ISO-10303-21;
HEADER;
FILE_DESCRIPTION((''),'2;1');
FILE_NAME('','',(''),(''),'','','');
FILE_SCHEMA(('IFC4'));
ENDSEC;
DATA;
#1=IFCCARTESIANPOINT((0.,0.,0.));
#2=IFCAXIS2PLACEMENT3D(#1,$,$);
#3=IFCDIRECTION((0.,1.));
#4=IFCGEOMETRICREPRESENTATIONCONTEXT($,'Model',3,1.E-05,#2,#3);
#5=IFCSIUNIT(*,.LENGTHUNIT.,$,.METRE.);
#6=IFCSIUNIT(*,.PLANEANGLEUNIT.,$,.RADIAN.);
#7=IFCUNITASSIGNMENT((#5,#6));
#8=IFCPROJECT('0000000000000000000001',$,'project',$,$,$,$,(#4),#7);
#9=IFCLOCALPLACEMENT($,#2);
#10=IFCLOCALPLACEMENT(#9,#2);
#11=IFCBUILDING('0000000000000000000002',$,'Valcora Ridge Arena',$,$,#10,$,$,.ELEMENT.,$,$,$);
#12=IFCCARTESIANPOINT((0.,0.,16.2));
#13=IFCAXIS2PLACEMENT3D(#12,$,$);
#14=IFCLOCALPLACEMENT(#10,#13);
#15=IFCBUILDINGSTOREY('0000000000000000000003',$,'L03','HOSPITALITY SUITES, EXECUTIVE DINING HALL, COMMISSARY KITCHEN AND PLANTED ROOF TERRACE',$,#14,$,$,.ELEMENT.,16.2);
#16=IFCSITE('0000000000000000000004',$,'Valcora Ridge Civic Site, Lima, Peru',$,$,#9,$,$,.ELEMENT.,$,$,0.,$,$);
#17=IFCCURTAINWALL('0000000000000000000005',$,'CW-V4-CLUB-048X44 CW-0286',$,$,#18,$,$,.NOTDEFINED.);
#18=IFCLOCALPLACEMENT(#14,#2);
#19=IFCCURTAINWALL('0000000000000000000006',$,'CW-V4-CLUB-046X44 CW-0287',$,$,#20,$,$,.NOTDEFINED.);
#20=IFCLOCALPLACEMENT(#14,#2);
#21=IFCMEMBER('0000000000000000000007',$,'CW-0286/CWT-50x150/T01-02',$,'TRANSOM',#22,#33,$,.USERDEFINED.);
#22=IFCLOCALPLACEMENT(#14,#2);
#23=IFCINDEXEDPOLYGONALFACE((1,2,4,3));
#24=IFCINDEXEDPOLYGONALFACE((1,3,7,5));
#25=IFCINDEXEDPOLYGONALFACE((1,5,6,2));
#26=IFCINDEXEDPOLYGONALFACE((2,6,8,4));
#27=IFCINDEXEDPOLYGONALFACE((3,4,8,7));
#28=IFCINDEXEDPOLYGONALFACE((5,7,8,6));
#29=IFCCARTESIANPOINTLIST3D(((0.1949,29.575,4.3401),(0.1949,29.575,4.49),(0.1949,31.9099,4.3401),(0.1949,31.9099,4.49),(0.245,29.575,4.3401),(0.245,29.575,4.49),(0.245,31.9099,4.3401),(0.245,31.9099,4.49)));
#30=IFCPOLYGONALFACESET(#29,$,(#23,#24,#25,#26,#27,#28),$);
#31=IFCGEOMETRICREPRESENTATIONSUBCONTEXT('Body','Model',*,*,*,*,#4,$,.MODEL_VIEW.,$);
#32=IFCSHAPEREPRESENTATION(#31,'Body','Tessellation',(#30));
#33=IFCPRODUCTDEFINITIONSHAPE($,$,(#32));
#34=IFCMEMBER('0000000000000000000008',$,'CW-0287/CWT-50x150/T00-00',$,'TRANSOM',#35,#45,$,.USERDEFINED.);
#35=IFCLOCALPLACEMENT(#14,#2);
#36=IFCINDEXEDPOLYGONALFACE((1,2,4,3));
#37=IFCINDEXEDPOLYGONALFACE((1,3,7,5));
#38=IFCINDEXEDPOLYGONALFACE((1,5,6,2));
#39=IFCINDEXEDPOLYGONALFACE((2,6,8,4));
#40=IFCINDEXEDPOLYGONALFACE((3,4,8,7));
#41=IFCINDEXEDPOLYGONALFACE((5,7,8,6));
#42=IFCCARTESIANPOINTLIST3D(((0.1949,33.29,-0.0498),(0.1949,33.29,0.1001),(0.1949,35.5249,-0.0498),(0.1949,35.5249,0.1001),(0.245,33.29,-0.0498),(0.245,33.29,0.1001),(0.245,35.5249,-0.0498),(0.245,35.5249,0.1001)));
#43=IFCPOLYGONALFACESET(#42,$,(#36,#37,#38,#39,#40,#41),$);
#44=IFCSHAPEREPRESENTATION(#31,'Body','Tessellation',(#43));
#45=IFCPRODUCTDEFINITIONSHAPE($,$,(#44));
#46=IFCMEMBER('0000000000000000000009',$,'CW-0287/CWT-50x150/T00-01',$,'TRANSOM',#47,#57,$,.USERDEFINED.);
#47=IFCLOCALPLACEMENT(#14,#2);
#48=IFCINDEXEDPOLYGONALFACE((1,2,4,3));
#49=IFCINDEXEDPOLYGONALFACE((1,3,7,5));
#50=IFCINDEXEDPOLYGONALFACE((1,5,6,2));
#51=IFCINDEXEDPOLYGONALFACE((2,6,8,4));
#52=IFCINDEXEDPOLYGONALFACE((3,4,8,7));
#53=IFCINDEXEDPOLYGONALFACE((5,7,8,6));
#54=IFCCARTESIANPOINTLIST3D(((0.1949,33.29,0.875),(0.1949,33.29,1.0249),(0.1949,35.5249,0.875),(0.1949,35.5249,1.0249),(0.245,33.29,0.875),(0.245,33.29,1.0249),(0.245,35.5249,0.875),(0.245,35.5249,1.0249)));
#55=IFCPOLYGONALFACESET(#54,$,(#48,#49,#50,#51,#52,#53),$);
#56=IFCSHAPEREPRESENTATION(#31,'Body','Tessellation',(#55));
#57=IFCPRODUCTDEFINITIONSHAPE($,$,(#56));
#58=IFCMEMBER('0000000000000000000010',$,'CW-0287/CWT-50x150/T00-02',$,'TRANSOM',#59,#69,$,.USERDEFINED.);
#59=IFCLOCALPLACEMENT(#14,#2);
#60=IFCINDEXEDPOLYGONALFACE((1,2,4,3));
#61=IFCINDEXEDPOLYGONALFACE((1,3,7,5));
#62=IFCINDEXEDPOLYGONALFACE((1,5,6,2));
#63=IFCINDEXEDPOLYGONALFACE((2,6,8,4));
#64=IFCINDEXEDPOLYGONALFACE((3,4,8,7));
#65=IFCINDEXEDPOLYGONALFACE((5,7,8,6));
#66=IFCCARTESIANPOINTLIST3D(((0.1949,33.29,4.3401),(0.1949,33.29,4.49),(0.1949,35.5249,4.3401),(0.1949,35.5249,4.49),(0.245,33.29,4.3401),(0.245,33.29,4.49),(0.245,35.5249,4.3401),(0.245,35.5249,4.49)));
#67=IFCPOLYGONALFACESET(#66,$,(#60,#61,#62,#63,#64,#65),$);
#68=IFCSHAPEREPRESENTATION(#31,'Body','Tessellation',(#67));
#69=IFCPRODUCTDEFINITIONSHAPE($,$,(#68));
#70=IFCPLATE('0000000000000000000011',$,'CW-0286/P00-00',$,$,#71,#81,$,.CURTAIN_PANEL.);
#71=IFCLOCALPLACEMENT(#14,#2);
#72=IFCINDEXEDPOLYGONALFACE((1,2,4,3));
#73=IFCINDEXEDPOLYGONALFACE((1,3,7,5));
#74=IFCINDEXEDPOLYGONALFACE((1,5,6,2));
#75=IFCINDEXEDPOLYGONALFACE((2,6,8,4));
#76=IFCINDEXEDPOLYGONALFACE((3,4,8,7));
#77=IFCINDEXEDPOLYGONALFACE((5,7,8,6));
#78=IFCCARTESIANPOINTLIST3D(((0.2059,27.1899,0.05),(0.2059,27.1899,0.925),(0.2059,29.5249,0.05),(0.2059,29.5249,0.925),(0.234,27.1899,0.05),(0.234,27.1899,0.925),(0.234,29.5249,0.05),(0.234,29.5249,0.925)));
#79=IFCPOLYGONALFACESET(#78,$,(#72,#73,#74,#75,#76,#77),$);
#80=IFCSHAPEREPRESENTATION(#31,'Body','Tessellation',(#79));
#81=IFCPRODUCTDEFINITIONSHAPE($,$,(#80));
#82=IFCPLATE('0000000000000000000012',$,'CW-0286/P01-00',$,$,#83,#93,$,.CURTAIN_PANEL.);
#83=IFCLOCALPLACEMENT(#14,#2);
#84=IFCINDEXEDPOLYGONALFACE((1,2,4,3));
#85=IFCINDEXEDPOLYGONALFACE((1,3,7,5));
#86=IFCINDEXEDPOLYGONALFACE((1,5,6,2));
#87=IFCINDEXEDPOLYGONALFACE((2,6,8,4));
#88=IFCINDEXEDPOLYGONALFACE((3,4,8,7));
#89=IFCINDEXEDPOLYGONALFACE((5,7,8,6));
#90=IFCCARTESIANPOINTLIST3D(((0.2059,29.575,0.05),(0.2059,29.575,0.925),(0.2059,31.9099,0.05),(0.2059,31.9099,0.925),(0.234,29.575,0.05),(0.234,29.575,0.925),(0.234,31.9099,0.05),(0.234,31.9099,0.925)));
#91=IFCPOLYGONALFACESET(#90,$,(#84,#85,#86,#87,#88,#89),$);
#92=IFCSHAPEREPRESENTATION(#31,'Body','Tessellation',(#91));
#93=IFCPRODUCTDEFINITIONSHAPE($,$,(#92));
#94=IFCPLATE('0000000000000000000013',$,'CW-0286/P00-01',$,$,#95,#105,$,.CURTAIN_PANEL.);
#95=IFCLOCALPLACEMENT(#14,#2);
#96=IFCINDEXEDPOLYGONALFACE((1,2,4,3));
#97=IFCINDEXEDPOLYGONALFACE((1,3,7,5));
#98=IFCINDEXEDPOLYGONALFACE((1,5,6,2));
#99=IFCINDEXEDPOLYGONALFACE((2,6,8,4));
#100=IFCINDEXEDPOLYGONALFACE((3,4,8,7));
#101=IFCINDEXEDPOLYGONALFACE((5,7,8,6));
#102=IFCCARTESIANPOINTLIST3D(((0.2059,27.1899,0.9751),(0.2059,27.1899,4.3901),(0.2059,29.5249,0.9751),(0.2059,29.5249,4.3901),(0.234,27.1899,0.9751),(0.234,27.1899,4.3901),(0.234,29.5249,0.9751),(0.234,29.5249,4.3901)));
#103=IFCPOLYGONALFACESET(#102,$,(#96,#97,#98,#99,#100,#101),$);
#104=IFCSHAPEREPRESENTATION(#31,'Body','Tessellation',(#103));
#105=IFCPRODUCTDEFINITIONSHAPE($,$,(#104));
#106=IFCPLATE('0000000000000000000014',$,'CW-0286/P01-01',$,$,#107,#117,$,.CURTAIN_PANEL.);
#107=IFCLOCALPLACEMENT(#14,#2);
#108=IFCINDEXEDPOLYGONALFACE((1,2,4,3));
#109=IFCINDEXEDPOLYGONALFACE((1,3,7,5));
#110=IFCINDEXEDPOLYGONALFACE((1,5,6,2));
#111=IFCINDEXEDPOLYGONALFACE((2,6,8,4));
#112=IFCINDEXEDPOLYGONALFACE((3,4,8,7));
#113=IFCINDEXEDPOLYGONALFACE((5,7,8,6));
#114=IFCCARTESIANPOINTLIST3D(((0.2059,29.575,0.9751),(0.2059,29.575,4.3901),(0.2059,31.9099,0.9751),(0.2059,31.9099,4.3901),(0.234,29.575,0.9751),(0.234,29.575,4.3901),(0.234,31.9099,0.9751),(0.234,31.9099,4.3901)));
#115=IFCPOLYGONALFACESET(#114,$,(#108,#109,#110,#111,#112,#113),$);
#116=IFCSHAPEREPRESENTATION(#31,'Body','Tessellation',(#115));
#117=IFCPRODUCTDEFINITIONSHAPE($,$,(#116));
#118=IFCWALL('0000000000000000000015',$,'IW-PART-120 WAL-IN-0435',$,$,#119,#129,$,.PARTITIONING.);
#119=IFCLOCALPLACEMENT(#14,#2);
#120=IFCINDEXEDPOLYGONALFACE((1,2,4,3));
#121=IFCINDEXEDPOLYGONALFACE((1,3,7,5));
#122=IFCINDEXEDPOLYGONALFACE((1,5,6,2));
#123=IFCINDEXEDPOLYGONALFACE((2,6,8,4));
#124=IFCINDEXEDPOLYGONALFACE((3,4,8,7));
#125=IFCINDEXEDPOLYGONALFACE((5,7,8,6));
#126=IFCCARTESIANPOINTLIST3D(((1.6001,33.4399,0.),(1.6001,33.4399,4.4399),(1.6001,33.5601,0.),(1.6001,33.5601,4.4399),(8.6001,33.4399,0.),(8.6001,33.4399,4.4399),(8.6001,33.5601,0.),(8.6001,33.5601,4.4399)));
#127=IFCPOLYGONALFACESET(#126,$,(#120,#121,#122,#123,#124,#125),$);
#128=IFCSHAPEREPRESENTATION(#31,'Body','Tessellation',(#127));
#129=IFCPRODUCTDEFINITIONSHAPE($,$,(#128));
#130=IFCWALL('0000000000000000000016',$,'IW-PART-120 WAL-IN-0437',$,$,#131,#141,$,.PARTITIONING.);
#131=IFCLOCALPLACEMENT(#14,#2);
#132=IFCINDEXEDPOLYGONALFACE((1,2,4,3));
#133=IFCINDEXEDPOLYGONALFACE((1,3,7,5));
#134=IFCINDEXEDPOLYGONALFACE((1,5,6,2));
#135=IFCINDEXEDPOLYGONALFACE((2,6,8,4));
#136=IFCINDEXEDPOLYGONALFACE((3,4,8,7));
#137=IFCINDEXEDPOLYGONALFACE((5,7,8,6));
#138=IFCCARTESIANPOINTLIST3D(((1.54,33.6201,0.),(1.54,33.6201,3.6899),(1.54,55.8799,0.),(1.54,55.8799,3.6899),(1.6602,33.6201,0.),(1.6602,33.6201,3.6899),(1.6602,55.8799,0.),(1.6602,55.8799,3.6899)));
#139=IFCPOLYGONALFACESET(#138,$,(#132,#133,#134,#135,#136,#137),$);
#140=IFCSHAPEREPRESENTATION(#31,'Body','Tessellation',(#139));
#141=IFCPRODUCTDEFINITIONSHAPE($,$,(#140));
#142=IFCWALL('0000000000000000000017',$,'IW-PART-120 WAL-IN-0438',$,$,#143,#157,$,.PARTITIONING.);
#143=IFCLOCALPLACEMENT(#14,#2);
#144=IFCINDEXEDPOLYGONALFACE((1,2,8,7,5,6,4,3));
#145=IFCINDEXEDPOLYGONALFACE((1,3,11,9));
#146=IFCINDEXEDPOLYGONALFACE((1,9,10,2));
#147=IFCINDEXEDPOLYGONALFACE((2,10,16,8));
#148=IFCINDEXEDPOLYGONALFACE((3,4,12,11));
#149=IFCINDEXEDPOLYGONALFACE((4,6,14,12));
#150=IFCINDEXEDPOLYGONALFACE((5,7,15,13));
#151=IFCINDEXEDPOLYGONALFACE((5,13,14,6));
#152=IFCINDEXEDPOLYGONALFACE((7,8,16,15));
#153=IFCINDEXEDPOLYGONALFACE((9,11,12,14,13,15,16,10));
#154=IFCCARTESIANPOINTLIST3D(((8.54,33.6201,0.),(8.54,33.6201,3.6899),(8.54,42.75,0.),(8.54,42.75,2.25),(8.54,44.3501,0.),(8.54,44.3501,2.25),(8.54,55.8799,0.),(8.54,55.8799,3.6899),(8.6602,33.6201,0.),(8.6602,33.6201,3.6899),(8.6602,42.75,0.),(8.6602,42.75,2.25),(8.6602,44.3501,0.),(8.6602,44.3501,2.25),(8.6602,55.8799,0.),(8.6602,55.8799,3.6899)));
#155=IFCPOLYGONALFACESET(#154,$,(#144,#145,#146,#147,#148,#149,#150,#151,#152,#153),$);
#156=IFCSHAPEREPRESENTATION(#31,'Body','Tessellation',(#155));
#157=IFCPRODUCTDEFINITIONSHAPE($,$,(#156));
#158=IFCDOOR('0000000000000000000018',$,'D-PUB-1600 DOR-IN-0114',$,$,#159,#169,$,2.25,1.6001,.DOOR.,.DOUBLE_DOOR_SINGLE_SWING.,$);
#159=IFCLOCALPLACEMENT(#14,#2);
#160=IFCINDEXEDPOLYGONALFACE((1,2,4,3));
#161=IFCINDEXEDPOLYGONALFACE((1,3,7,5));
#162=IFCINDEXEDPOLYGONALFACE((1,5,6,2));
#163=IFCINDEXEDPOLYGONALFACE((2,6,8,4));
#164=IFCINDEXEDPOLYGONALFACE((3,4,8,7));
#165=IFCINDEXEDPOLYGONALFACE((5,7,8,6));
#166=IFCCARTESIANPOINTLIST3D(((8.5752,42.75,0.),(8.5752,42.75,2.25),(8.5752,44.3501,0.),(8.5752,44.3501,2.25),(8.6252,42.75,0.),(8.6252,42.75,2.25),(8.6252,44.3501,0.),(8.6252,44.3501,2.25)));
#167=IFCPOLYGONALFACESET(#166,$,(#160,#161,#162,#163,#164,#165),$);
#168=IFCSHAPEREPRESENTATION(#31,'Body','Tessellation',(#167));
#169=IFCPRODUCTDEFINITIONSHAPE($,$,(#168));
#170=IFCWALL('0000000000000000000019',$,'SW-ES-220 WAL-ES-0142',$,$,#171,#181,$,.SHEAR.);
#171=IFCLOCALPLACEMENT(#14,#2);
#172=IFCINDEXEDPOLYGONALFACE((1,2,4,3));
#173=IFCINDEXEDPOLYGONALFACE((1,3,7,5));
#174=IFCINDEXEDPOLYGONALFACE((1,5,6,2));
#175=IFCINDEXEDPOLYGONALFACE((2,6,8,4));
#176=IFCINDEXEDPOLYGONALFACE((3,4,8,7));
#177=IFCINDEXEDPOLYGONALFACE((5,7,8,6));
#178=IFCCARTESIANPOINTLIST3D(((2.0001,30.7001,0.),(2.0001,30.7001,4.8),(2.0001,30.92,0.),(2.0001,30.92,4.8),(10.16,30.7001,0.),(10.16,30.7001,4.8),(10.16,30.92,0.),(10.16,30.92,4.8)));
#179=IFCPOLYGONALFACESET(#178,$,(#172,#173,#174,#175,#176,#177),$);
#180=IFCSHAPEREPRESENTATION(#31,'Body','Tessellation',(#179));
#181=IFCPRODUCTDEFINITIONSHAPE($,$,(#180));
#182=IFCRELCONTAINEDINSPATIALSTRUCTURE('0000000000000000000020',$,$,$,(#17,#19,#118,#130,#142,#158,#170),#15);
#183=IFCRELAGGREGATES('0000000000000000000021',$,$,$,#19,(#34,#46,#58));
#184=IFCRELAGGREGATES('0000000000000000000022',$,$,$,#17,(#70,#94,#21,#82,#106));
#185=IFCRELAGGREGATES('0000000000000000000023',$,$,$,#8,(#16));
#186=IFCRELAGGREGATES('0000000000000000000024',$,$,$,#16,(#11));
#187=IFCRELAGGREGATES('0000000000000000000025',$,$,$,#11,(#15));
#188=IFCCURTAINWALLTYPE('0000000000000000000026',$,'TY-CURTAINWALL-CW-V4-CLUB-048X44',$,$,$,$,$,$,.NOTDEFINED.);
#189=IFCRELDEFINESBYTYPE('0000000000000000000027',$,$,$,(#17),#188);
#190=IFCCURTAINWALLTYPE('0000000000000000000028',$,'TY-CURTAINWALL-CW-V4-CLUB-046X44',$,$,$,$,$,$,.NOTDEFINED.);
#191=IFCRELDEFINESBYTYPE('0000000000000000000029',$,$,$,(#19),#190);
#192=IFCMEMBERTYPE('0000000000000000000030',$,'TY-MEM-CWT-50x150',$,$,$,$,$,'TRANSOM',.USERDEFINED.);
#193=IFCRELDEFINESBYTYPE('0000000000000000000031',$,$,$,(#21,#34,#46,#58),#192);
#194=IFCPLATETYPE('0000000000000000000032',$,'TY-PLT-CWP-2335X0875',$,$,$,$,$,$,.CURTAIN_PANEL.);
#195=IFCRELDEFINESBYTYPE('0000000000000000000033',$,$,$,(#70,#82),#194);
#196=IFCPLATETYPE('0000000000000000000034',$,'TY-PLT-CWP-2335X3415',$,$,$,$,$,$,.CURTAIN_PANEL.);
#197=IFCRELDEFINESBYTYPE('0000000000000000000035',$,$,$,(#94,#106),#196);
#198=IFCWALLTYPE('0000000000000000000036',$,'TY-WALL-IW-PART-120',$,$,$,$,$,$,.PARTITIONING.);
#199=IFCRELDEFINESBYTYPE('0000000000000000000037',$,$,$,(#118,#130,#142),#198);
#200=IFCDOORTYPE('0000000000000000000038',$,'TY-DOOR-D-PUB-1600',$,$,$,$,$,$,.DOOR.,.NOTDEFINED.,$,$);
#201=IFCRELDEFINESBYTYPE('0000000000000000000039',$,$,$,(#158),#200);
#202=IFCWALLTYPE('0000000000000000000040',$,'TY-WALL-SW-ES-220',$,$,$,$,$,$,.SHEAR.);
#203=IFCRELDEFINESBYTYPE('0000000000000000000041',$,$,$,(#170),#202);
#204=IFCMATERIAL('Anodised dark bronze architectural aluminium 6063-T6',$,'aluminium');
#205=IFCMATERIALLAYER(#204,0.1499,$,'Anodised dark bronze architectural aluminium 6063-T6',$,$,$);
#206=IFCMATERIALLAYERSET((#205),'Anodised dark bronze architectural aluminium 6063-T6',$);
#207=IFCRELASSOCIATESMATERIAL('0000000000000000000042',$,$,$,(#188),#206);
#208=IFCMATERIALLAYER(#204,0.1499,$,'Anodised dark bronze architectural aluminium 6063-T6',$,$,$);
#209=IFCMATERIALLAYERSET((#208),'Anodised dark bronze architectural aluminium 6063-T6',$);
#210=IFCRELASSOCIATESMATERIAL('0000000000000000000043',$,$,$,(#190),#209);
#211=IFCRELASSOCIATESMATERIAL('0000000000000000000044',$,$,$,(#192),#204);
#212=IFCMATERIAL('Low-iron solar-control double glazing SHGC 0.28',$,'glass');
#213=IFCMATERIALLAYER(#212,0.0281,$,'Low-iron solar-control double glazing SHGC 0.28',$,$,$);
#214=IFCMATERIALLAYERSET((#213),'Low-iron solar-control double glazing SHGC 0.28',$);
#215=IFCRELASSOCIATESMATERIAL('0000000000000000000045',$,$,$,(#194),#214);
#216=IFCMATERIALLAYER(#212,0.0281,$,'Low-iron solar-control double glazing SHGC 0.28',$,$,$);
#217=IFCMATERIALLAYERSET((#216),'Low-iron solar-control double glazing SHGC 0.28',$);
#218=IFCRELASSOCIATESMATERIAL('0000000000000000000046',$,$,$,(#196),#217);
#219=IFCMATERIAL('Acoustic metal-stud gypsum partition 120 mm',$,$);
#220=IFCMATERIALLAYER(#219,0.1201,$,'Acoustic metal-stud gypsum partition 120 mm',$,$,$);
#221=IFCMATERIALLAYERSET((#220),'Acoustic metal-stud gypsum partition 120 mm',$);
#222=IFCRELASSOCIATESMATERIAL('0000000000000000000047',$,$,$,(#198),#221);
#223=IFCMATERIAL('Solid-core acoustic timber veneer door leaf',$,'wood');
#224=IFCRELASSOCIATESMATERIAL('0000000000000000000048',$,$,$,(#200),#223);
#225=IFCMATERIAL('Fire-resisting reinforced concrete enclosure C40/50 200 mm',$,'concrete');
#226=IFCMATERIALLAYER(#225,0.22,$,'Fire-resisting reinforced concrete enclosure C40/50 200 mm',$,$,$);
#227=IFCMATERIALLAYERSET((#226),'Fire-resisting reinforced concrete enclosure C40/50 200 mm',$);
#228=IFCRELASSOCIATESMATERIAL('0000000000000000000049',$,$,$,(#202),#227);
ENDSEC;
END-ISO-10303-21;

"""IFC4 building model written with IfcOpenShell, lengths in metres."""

from ifc_helpers import new_model, si_unit, direction, frame, frame_2d, origin, origin_2d, place, context, subcontext, project, spatial, rectangle, extrude, material, layer, layer_set, material_profile, profile_set, type_object, element, fill, aggregate, save


model = new_model("IFC4")

# Units and contexts
model_context = context("Model", 3, precision=1e-05, world=origin(), true_north=direction((0.0, 1.0)))
body_context = subcontext(model_context, "Body", "Model", "MODEL_VIEW")
ifc_project = project(units=[si_unit("LENGTHUNIT", "METRE"), si_unit("PLANEANGLEUNIT", "RADIAN")], contexts=[model_context])

# Site, building, storey
site_placement = place(None, origin())
site = spatial("IfcSite", under=ifc_project, at=site_placement, Name="Valcora Ridge Civic Site, Lima, Peru", CompositionType="ELEMENT", RefElevation=0.0)
building_placement = place(site_placement, origin())
building = spatial("IfcBuilding", under=site, at=building_placement, Name="Valcora Ridge Arena", CompositionType="ELEMENT")
storey_placement = place(building_placement, frame((0.0, 0.0, 16.2)))
storey = spatial("IfcBuildingStorey", under=building, at=storey_placement, Name="L03", Description="HOSPITALITY SUITES, EXECUTIVE DINING HALL, COMMISSARY KITCHEN AND PLANTED ROOF TERRACE", CompositionType="ELEMENT", Elevation=16.2)

# Curtain wall
ifc_material_1 = material(Name="Anodised dark bronze architectural aluminium 6063-T6", Category="aluminium")
ifc_layer_1 = layer(ifc_material_1, 0.1499, Name="Anodised dark bronze architectural aluminium 6063-T6")
ifc_layer_set_1 = layer_set([ifc_layer_1], Name="Anodised dark bronze architectural aluminium 6063-T6")
curtain_wall_type_1 = type_object("IfcCurtainWallType", Name="TY-CURTAINWALL-CW-V4-CLUB-048X44", PredefinedType="NOTDEFINED", material=ifc_layer_set_1)
curtain_wall_1_placement = place(storey_placement, origin())
curtain_wall_1 = element("IfcCurtainWall", 1, at=curtain_wall_1_placement, inside=storey, type_object=curtain_wall_type_1, Name="CW-V4-CLUB-048X44 CW-0286", PredefinedType="NOTDEFINED")

# Curtain wall
ifc_layer_2 = layer(ifc_material_1, 0.1499, Name="Anodised dark bronze architectural aluminium 6063-T6")
ifc_layer_set_2 = layer_set([ifc_layer_2], Name="Anodised dark bronze architectural aluminium 6063-T6")
curtain_wall_type_2 = type_object("IfcCurtainWallType", Name="TY-CURTAINWALL-CW-V4-CLUB-046X44", PredefinedType="NOTDEFINED", material=ifc_layer_set_2)
curtain_wall_2_placement = place(storey_placement, origin())
curtain_wall_2 = element("IfcCurtainWall", 2, at=curtain_wall_2_placement, inside=storey, type_object=curtain_wall_type_2, Name="CW-V4-CLUB-046X44 CW-0287", PredefinedType="NOTDEFINED")

# Members
ifc_material_profile_1 = material_profile(ifc_material_1, rectangle(XDim=0.05, YDim=0.1499, at=origin_2d()), Name="ALU TRANSOM 50x150")
ifc_profile_set_1 = profile_set([ifc_material_profile_1], Name="Anodised dark bronze architectural aluminium 6063-T6")
member_type_1 = type_object("IfcMemberType", Name="TY-MEM-CWT-50x150", ElementType="TRANSOM", PredefinedType="USERDEFINED", material=ifc_profile_set_1)
member_1_placement = place(storey_placement, frame((0.22, 29.575, 4.415), z_axis=(0.0, 1.0, 0.0), x_axis=(-1.0, 0.0, 0.0)))
member_1 = element("IfcMember", 3, at=member_1_placement, type_object=member_type_1, Name="CW-0286/CWT-50x150/T01-02", ObjectType="TRANSOM", PredefinedType="USERDEFINED", context=body_context, shape_type="SweptSolid", body=[
    extrude(rectangle(XDim=0.05, YDim=0.1499, at=origin_2d()), origin(), (0.0, 0.0, 1.0), 2.335),
])
member_2_placement = place(storey_placement, frame((0.22, 33.29, 0.0251), z_axis=(0.0, 1.0, 0.0), x_axis=(-1.0, 0.0, 0.0)))
member_2 = element("IfcMember", 4, at=member_2_placement, type_object=member_type_1, Name="CW-0287/CWT-50x150/T00-00", ObjectType="TRANSOM", PredefinedType="USERDEFINED", context=body_context, shape_type="SweptSolid", body=[
    extrude(rectangle(XDim=0.05, YDim=0.1499, at=origin_2d()), origin(), (0.0, 0.0, 1.0), 2.2349),
])
member_3_placement = place(storey_placement, frame((0.22, 33.29, 0.95), z_axis=(0.0, 1.0, 0.0), x_axis=(-1.0, 0.0, 0.0)))
member_3 = element("IfcMember", 5, at=member_3_placement, type_object=member_type_1, Name="CW-0287/CWT-50x150/T00-01", ObjectType="TRANSOM", PredefinedType="USERDEFINED", context=body_context, shape_type="SweptSolid", body=[
    extrude(rectangle(XDim=0.05, YDim=0.1499, at=origin_2d()), origin(), (0.0, 0.0, 1.0), 2.2349),
])
member_4_placement = place(storey_placement, frame((0.22, 33.29, 4.415), z_axis=(0.0, 1.0, 0.0), x_axis=(-1.0, 0.0, 0.0)))
member_4 = element("IfcMember", 6, at=member_4_placement, type_object=member_type_1, Name="CW-0287/CWT-50x150/T00-02", ObjectType="TRANSOM", PredefinedType="USERDEFINED", context=body_context, shape_type="SweptSolid", body=[
    extrude(rectangle(XDim=0.05, YDim=0.1499, at=origin_2d()), origin(), (0.0, 0.0, 1.0), 2.2349),
])
aggregate(curtain_wall_2, [member_2, member_3, member_4])

# Plates
ifc_material_2 = material(Name="Low-iron solar-control double glazing SHGC 0.28", Category="glass")
ifc_layer_3 = layer(ifc_material_2, 0.0281, Name="Low-iron solar-control double glazing SHGC 0.28")
ifc_layer_set_3 = layer_set([ifc_layer_3], Name="Low-iron solar-control double glazing SHGC 0.28")
plate_type_1 = type_object("IfcPlateType", Name="TY-PLT-CWP-2335X0875", PredefinedType="CURTAIN_PANEL", material=ifc_layer_set_3)
plate_1_placement = place(storey_placement, frame((0.22, 28.3574, 0.05), z_axis=(0.0, 0.0, 1.0), x_axis=(0.0, 1.0, 0.0)))
plate_1 = element("IfcPlate", 7, at=plate_1_placement, type_object=plate_type_1, Name="CW-0286/P00-00", PredefinedType="CURTAIN_PANEL", context=body_context, shape_type="SweptSolid", body=[
    extrude(rectangle(XDim=2.335, YDim=0.0281, at=origin_2d()), origin(), (0.0, 0.0, 1.0), 0.875),
])
plate_2_placement = place(storey_placement, frame((0.22, 30.7424, 0.05), z_axis=(0.0, 0.0, 1.0), x_axis=(0.0, 1.0, 0.0)))
plate_2 = element("IfcPlate", 8, at=plate_2_placement, type_object=plate_type_1, Name="CW-0286/P01-00", PredefinedType="CURTAIN_PANEL", context=body_context, shape_type="SweptSolid", body=[
    extrude(rectangle(XDim=2.335, YDim=0.0281, at=origin_2d()), origin(), (0.0, 0.0, 1.0), 0.875),
])
ifc_layer_4 = layer(ifc_material_2, 0.0281, Name="Low-iron solar-control double glazing SHGC 0.28")
ifc_layer_set_4 = layer_set([ifc_layer_4], Name="Low-iron solar-control double glazing SHGC 0.28")
plate_type_2 = type_object("IfcPlateType", Name="TY-PLT-CWP-2335X3415", PredefinedType="CURTAIN_PANEL", material=ifc_layer_set_4)
plate_3_placement = place(storey_placement, frame((0.22, 28.3574, 0.9751), z_axis=(0.0, 0.0, 1.0), x_axis=(0.0, 1.0, 0.0)))
plate_3 = element("IfcPlate", 9, at=plate_3_placement, type_object=plate_type_2, Name="CW-0286/P00-01", PredefinedType="CURTAIN_PANEL", context=body_context, shape_type="SweptSolid", body=[
    extrude(rectangle(XDim=2.335, YDim=0.0281, at=origin_2d()), origin(), (0.0, 0.0, 1.0), 3.415),
])
plate_4_placement = place(storey_placement, frame((0.22, 30.7424, 0.9751), z_axis=(0.0, 0.0, 1.0), x_axis=(0.0, 1.0, 0.0)))
plate_4 = element("IfcPlate", 10, at=plate_4_placement, type_object=plate_type_2, Name="CW-0286/P01-01", PredefinedType="CURTAIN_PANEL", context=body_context, shape_type="SweptSolid", body=[
    extrude(rectangle(XDim=2.335, YDim=0.0281, at=origin_2d()), origin(), (0.0, 0.0, 1.0), 3.415),
])
aggregate(curtain_wall_1, [plate_1, plate_3, member_1, plate_2, plate_4])

# Walls
ifc_material_3 = material(Name="Acoustic metal-stud gypsum partition 120 mm")
ifc_layer_5 = layer(ifc_material_3, 0.1201, Name="Acoustic metal-stud gypsum partition 120 mm")
ifc_layer_set_5 = layer_set([ifc_layer_5], Name="Acoustic metal-stud gypsum partition 120 mm")
wall_type_1 = type_object("IfcWallType", Name="TY-WALL-IW-PART-120", PredefinedType="PARTITIONING", material=ifc_layer_set_5)
wall_1_placement = place(storey_placement, frame((1.6001, 33.5, 0.0), z_axis=(0.0, 0.0, 1.0), x_axis=(1.0, 0.0, 0.0)))
element("IfcWall", 11, at=wall_1_placement, inside=storey, type_object=wall_type_1, Name="IW-PART-120 WAL-IN-0435", PredefinedType="PARTITIONING", context=body_context, shape_type="SweptSolid", body=[
    extrude(rectangle(XDim=7.0, YDim=0.1201, at=frame_2d((3.5, 0.0))), origin(), (0.0, 0.0, 1.0), 4.4399),
])
wall_2_placement = place(storey_placement, frame((1.6001, 33.6201, 0.0), z_axis=(0.0, 0.0, 1.0), x_axis=(0.0, 1.0, 0.0)))
element("IfcWall", 12, at=wall_2_placement, inside=storey, type_object=wall_type_1, Name="IW-PART-120 WAL-IN-0437", PredefinedType="PARTITIONING", context=body_context, shape_type="SweptSolid", body=[
    extrude(rectangle(XDim=22.2598, YDim=0.1201, at=frame_2d((11.1299, 0.0))), origin(), (0.0, 0.0, 1.0), 3.6899),
])

# Wall, opening, door
wall_3_placement = place(storey_placement, frame((8.6001, 33.6201, 0.0), z_axis=(0.0, 0.0, 1.0), x_axis=(0.0, 1.0, 0.0)))
wall_3 = element("IfcWall", 13, at=wall_3_placement, inside=storey, type_object=wall_type_1, Name="IW-PART-120 WAL-IN-0438", PredefinedType="PARTITIONING", context=body_context, shape_type="SweptSolid", body=[
    extrude(rectangle(XDim=22.2598, YDim=0.1201, at=frame_2d((11.1299, 0.0))), origin(), (0.0, 0.0, 1.0), 3.6899),
])
opening_placement = place(wall_3_placement, frame((9.1299, 0.0, 0.0)))
opening = element("IfcOpeningElement", 14, at=opening_placement, cuts=wall_3, PredefinedType="OPENING", context=body_context, shape_type="SweptSolid", body=[
    extrude(rectangle(XDim=1.6001, YDim=2.25, at=frame_2d((0.8, 1.125))), frame((0.0, 0.0701, 0.0), z_axis=(0.0, -1.0, 0.0), x_axis=(1.0, 0.0, 0.0)), (0.0, 0.0, 1.0), 0.1401),
])
ifc_material_4 = material(Name="Solid-core acoustic timber veneer door leaf", Category="wood")
door_type = type_object("IfcDoorType", Name="TY-DOOR-D-PUB-1600", OperationType="NOTDEFINED", PredefinedType="DOOR", material=ifc_material_4)
door_placement = place(opening_placement, origin())
door = element("IfcDoor", 15, at=door_placement, inside=storey, type_object=door_type, Name="D-PUB-1600 DOR-IN-0114", OperationType="DOUBLE_DOOR_SINGLE_SWING", OverallHeight=2.25, OverallWidth=1.6001, PredefinedType="DOOR", context=body_context, shape_type="SweptSolid", body=[
    extrude(rectangle(XDim=1.6001, YDim=2.25, at=frame_2d((0.8, 1.125))), frame((0.0, 0.0249, 0.0), z_axis=(0.0, -1.0, 0.0), x_axis=(1.0, 0.0, 0.0)), (0.0, 0.0, 1.0), 0.05),
])
fill(opening, door)

# Wall
ifc_material_5 = material(Name="Fire-resisting reinforced concrete enclosure C40/50 200 mm", Category="concrete")
ifc_layer_6 = layer(ifc_material_5, 0.22, Name="Fire-resisting reinforced concrete enclosure C40/50 200 mm")
ifc_layer_set_6 = layer_set([ifc_layer_6], Name="Fire-resisting reinforced concrete enclosure C40/50 200 mm")
wall_type_2 = type_object("IfcWallType", Name="TY-WALL-SW-ES-220", PredefinedType="SHEAR", material=ifc_layer_set_6)
wall_4_placement = place(storey_placement, frame((2.0, 30.8101, 0.0), z_axis=(0.0, 0.0, 1.0), x_axis=(1.0, 0.0, 0.0)))
element("IfcWall", 16, at=wall_4_placement, inside=storey, type_object=wall_type_2, Name="SW-ES-220 WAL-ES-0142", PredefinedType="SHEAR", context=body_context, shape_type="SweptSolid", body=[
    extrude(rectangle(XDim=8.1599, YDim=0.22, at=frame_2d((4.0801, 0.0))), origin(), (0.0, 0.0, 1.0), 4.8),
])

save(model, "model.ifc")
